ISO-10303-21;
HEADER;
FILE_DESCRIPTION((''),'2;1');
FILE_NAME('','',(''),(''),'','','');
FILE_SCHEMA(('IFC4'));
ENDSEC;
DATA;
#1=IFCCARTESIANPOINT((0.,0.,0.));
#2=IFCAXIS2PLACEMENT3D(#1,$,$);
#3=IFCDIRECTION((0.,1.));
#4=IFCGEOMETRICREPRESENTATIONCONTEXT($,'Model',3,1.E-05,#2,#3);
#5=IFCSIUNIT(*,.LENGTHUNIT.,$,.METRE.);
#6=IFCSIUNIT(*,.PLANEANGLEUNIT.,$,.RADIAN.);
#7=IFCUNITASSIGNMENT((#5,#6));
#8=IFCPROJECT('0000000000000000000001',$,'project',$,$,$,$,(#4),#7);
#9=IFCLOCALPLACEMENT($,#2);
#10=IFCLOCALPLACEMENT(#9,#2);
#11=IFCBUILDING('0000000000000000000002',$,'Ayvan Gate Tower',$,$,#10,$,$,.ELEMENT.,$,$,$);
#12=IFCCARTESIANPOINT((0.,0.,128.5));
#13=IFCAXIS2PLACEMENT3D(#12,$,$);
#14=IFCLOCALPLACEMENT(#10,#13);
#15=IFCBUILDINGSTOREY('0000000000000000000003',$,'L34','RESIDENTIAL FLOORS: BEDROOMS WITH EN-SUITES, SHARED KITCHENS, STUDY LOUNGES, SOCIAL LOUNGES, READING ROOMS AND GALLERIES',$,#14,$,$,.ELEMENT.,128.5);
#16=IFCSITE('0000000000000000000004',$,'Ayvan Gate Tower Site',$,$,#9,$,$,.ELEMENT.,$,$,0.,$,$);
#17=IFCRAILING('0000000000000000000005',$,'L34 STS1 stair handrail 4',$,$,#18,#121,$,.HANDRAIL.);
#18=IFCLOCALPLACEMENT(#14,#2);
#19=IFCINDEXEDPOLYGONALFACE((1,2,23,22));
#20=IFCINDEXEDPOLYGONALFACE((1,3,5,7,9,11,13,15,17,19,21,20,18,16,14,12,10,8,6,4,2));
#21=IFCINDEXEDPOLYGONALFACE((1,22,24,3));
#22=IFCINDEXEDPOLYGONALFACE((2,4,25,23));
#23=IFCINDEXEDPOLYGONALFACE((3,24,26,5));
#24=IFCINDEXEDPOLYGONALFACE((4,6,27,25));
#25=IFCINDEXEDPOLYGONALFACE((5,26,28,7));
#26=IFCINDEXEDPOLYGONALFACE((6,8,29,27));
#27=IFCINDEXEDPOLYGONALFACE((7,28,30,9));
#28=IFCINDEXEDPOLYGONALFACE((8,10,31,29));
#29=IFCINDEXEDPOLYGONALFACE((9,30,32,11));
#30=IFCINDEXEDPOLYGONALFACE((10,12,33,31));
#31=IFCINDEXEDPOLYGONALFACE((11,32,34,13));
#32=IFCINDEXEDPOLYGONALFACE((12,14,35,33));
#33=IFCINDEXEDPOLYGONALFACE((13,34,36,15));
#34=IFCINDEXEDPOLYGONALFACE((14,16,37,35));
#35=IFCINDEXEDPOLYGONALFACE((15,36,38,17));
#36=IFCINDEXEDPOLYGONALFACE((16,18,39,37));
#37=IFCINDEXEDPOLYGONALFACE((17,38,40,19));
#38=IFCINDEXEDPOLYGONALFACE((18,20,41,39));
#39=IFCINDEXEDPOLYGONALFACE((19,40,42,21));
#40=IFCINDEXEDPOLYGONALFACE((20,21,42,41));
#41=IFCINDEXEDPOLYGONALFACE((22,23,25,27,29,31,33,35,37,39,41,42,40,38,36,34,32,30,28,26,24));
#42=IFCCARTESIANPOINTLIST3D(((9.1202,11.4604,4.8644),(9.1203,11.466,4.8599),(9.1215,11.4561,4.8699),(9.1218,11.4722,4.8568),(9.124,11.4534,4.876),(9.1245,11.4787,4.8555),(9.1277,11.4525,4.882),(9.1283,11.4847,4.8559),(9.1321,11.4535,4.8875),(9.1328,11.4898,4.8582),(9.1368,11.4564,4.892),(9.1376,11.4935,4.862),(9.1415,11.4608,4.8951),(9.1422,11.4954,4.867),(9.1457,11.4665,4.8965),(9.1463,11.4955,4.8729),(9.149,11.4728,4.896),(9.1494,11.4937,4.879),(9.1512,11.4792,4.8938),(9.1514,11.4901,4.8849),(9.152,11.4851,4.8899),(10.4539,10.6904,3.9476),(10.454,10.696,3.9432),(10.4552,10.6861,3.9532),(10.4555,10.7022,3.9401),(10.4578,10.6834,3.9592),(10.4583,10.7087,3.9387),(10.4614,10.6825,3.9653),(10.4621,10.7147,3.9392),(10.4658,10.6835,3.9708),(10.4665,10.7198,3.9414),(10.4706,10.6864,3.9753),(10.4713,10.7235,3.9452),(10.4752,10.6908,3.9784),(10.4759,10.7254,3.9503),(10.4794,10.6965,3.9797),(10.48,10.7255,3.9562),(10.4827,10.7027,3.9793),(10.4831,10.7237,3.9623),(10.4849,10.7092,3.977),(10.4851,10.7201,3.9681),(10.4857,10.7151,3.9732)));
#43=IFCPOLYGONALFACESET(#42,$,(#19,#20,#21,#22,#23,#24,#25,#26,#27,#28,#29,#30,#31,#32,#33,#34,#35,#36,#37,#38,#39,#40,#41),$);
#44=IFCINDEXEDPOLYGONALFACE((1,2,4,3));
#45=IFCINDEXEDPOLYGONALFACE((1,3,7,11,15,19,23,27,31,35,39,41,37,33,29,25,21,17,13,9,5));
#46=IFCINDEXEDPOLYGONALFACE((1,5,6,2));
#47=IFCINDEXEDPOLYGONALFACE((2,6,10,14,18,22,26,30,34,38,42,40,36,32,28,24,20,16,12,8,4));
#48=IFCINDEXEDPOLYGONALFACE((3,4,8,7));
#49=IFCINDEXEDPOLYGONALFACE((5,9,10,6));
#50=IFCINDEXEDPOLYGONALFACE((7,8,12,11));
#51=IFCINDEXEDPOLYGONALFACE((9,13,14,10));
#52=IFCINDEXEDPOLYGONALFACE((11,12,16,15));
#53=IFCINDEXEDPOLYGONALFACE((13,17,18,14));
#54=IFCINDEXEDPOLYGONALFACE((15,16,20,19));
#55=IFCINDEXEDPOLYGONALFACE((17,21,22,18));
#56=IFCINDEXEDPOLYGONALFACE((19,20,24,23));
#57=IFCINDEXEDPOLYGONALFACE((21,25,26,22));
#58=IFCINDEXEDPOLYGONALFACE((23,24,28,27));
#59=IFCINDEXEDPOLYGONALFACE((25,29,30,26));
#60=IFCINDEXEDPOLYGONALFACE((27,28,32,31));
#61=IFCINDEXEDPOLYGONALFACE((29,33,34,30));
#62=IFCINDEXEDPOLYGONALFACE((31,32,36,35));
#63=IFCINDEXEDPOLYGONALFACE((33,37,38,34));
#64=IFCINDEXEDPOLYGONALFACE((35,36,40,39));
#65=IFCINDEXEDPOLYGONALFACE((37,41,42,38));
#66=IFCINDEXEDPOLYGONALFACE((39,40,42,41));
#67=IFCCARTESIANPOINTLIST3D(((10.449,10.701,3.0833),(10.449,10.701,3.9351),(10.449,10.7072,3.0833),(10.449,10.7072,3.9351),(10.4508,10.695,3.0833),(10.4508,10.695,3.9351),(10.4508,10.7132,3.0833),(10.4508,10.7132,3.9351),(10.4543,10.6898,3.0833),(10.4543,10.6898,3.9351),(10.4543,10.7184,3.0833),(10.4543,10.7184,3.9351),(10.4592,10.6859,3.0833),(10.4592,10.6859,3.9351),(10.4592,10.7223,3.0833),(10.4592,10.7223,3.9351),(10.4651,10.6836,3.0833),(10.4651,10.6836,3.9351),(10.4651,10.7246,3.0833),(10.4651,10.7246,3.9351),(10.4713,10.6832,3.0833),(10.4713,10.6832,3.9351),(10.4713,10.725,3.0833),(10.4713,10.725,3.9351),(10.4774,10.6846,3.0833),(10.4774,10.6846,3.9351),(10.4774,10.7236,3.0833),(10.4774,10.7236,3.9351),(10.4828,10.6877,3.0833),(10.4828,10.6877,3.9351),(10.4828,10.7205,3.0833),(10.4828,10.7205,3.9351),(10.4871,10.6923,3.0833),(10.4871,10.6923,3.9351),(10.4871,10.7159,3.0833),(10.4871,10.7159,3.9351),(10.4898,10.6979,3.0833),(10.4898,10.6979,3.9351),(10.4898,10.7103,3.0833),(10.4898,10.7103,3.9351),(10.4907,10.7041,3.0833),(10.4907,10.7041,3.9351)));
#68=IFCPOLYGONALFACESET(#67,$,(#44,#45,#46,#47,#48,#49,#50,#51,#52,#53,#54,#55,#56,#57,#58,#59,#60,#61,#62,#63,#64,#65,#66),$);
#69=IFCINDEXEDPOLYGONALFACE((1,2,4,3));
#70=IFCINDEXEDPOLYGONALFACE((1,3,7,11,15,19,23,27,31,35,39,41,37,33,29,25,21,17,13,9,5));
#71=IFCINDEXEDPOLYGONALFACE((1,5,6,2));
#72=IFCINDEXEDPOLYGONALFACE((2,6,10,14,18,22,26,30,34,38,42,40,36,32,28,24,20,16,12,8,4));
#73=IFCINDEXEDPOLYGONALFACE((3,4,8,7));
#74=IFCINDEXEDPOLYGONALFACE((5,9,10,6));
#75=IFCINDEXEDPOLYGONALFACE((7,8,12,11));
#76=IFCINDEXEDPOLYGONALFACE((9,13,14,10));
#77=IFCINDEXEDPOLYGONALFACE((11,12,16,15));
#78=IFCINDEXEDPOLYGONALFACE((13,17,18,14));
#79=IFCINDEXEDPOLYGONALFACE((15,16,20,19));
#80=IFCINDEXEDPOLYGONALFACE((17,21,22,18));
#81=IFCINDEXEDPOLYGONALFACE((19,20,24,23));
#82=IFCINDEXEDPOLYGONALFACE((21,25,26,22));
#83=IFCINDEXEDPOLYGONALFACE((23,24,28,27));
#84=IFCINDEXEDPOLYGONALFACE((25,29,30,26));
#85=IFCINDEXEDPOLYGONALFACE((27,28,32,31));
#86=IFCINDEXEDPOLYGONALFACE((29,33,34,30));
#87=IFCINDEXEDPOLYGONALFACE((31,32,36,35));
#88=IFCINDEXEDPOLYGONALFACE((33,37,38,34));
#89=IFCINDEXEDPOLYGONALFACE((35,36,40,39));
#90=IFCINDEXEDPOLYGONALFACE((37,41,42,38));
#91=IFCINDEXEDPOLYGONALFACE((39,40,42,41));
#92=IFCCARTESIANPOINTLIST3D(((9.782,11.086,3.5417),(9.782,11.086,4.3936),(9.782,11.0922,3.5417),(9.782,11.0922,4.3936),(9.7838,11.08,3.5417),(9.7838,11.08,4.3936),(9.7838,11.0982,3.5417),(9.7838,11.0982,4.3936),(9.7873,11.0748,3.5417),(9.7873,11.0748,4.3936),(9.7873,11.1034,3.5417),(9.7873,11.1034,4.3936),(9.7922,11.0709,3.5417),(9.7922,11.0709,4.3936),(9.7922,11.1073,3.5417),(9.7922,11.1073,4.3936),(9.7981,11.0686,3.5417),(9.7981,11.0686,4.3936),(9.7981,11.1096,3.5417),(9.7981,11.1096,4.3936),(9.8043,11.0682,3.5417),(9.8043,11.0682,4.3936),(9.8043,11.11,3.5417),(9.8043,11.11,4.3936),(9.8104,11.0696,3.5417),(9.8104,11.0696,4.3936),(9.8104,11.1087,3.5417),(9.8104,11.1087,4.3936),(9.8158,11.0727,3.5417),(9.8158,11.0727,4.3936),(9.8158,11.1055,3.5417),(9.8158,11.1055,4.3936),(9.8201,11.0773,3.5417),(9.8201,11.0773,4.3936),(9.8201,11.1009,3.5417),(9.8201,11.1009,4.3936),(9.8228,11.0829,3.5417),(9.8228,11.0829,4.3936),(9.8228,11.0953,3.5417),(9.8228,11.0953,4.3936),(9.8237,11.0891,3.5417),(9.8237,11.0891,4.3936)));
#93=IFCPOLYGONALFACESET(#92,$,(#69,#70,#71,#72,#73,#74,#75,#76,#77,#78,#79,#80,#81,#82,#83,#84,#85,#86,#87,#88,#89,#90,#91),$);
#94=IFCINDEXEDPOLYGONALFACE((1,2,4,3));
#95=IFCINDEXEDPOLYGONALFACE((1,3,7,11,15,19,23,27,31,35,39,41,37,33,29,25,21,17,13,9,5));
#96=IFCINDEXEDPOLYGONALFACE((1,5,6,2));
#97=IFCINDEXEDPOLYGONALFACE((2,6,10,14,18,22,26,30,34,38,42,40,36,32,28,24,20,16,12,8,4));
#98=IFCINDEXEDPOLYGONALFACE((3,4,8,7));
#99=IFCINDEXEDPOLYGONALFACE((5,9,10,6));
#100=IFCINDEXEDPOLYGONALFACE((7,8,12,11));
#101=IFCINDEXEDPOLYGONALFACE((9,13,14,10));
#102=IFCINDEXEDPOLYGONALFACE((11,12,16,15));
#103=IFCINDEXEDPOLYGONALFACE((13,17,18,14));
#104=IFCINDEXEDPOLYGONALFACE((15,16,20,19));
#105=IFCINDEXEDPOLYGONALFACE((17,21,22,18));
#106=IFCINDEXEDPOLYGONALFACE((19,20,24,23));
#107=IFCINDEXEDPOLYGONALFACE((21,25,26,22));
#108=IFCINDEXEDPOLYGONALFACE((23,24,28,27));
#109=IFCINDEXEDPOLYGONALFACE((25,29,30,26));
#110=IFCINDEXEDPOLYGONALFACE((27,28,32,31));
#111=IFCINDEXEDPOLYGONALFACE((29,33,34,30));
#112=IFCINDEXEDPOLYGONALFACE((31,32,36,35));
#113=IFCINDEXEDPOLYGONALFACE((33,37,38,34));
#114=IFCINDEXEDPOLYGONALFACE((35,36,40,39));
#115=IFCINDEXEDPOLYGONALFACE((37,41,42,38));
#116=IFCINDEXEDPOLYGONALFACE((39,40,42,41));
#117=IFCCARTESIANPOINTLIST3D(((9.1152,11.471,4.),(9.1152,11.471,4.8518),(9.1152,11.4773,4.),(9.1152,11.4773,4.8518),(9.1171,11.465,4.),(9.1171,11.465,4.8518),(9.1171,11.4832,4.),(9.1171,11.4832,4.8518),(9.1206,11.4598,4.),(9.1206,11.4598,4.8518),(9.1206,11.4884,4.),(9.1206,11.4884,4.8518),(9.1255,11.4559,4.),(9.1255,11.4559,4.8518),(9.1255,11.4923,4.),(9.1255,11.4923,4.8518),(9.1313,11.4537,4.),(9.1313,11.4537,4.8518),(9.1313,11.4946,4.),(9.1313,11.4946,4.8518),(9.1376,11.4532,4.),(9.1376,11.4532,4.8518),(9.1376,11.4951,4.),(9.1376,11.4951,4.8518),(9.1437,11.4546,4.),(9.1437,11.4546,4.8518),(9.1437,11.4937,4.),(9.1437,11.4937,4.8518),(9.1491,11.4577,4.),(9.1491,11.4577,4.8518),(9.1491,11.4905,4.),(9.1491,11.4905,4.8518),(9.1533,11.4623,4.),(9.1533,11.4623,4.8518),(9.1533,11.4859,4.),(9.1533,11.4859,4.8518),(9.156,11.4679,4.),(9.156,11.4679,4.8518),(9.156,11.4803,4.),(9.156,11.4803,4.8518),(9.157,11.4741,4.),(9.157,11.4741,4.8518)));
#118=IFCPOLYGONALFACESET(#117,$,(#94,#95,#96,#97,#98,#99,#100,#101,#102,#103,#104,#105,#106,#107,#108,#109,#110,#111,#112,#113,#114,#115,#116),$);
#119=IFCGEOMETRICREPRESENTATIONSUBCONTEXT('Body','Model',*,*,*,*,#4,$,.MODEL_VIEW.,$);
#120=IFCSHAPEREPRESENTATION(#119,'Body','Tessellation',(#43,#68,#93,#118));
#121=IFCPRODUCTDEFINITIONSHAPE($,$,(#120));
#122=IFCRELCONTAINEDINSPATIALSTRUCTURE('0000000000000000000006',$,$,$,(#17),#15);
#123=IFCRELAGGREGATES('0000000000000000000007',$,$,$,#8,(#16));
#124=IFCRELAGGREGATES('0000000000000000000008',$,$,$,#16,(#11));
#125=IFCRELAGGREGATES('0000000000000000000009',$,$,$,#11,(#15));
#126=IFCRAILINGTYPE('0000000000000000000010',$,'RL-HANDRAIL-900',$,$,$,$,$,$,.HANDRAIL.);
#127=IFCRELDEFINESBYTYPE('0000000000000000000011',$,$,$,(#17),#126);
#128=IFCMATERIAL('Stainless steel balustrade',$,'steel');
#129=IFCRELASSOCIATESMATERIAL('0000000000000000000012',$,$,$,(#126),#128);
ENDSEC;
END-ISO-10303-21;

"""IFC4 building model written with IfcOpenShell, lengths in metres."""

from ifc_helpers import new_model, si_unit, direction, frame, origin, origin_2d, place, context, subcontext, project, spatial, circle, extrude, material, type_object, element, save


model = new_model("IFC4")

# Units and contexts
model_context = context("Model", 3, precision=1e-05, world=origin(), true_north=direction((0.0, 1.0)))
body_context = subcontext(model_context, "Body", "Model", "MODEL_VIEW")
ifc_project = project(units=[si_unit("LENGTHUNIT", "METRE"), si_unit("PLANEANGLEUNIT", "RADIAN")], contexts=[model_context])

# Site, building, storey
site_placement = place(None, origin())
site = spatial("IfcSite", under=ifc_project, at=site_placement, Name="Ayvan Gate Tower Site", CompositionType="ELEMENT", RefElevation=0.0)
building_placement = place(site_placement, origin())
building = spatial("IfcBuilding", under=site, at=building_placement, Name="Ayvan Gate Tower", CompositionType="ELEMENT")
storey_placement = place(building_placement, frame((0.0, 0.0, 128.5)))
storey = spatial("IfcBuildingStorey", under=building, at=storey_placement, Name="L34", Description="RESIDENTIAL FLOORS: BEDROOMS WITH EN-SUITES, SHARED KITCHENS, STUDY LOUNGES, SOCIAL LOUNGES, READING ROOMS AND GALLERIES", CompositionType="ELEMENT", Elevation=128.5)

# Railing
ifc_material_1 = material(Name="Stainless steel balustrade", Category="steel")
railing_type_1 = type_object("IfcRailingType", Name="RL-HANDRAIL-900", PredefinedType="HANDRAIL", material=ifc_material_1)
railing_1_placement = place(storey_placement, frame((10.4697, 10.7041, 3.0833)))
element("IfcRailing", 1, at=railing_1_placement, inside=storey, type_object=railing_type_1, Name="L34 STS1 stair handrail 4", PredefinedType="HANDRAIL", context=body_context, shape_type="SweptSolid", body=[
    extrude(circle(Radius=0.0239, at=origin_2d()), frame((0.0, 0.0, 0.876), z_axis=(-0.744164, 0.429634, 0.511502), x_axis=(-0.499992, -0.86603, 0.0)), (0.0, 0.0, 1.0), 1.7922),
    extrude(circle(Radius=0.021, at=origin_2d()), origin(), (0.0, 0.0, 1.0), 0.8518),
    extrude(circle(Radius=0.021, at=origin_2d()), frame((-0.667, 0.385, 0.4585)), (0.0, 0.0, 1.0), 0.8518),
    extrude(circle(Radius=0.021, at=origin_2d()), frame((-1.3337, 0.77, 0.9167)), (0.0, 0.0, 1.0), 0.8518),
])

save(model, "model.ifc")
